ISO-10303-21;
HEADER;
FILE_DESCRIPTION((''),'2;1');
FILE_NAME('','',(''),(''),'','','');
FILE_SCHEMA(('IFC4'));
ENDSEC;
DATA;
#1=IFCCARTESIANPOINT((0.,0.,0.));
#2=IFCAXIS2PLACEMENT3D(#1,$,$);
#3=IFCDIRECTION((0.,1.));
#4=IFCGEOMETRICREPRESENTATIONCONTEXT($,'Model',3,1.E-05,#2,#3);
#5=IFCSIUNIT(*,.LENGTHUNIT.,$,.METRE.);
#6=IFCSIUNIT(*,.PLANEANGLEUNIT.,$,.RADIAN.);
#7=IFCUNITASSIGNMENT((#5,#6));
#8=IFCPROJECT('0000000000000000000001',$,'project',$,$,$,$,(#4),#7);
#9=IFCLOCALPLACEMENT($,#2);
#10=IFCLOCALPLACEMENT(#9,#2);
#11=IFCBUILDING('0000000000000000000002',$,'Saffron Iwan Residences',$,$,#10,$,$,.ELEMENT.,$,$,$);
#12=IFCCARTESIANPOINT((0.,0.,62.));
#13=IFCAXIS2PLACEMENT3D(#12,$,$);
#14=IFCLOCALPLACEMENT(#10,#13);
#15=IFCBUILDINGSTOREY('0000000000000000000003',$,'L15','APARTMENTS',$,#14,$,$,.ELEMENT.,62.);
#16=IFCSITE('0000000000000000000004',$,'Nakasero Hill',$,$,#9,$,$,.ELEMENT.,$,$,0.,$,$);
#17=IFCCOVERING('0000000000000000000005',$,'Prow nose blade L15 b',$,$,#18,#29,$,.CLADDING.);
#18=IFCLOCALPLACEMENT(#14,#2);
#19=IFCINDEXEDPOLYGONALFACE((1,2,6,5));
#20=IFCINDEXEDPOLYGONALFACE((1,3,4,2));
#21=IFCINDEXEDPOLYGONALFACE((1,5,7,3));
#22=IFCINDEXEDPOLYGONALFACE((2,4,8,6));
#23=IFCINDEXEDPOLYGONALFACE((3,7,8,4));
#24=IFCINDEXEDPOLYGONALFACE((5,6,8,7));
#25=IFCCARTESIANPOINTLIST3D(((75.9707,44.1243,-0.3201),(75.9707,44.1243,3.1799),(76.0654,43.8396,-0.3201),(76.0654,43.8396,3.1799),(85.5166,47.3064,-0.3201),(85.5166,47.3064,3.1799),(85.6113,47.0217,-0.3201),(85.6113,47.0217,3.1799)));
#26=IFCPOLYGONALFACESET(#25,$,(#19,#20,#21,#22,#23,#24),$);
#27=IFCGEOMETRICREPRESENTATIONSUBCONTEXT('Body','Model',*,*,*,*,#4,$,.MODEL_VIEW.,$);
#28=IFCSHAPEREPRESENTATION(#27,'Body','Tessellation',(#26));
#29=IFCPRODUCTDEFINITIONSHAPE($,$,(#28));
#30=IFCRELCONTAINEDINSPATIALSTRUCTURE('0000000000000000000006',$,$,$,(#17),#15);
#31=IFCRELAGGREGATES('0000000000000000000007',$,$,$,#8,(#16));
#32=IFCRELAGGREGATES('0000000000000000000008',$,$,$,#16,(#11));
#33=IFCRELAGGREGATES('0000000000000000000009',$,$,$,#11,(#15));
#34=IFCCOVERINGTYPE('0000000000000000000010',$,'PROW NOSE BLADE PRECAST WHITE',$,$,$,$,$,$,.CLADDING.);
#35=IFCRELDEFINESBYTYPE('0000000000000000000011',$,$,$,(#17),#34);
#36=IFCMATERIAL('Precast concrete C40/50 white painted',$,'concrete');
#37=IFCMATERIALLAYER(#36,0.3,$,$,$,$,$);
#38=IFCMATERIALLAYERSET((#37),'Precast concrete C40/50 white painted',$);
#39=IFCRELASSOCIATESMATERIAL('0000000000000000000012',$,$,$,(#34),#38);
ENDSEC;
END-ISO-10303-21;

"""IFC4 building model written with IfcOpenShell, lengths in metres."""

from ifc_helpers import new_model, si_unit, direction, frame, origin, place, context, subcontext, project, spatial, polyline, outline, extrude, material, layer, layer_set, type_object, element, save


model = new_model("IFC4")

# Units and contexts
model_context = context("Model", 3, precision=1e-05, world=origin(), true_north=direction((0.0, 1.0)))
body_context = subcontext(model_context, "Body", "Model", "MODEL_VIEW")
ifc_project = project(units=[si_unit("LENGTHUNIT", "METRE"), si_unit("PLANEANGLEUNIT", "RADIAN")], contexts=[model_context])

# Site, building, storey
site_placement = place(None, origin())
site = spatial("IfcSite", under=ifc_project, at=site_placement, Name="Nakasero Hill", CompositionType="ELEMENT", RefElevation=0.0)
building_placement = place(site_placement, origin())
building = spatial("IfcBuilding", under=site, at=building_placement, Name="Saffron Iwan Residences", CompositionType="ELEMENT")
storey_placement = place(building_placement, frame((0.0, 0.0, 62.0)))
storey = spatial("IfcBuildingStorey", under=building, at=storey_placement, Name="L15", Description="APARTMENTS", CompositionType="ELEMENT", Elevation=62.0)

# Covering
ifc_material_1 = material(Name="Precast concrete C40/50 white painted", Category="concrete")
ifc_layer_1 = layer(ifc_material_1, 0.3)
ifc_layer_set_1 = layer_set([ifc_layer_1], Name="Precast concrete C40/50 white painted")
covering_type_1 = type_object("IfcCoveringType", Name="PROW NOSE BLADE PRECAST WHITE", PredefinedType="CLADDING", material=ifc_layer_set_1)
covering_1_placement = place(storey_placement, frame((0.0, 0.0, -0.3201)))
element("IfcCovering", 1, at=covering_1_placement, inside=storey, type_object=covering_type_1, Name="Prow nose blade L15 b", PredefinedType="CLADDING", context=body_context, shape_type="SweptSolid", body=[
    extrude(outline(polyline([(76.0654, 43.8396), (85.6113, 47.0217), (85.5166, 47.3064), (75.9707, 44.1243), (76.0654, 43.8396)])), origin(), (0.0, 0.0, 1.0), 3.5),
])

save(model, "model.ifc")
